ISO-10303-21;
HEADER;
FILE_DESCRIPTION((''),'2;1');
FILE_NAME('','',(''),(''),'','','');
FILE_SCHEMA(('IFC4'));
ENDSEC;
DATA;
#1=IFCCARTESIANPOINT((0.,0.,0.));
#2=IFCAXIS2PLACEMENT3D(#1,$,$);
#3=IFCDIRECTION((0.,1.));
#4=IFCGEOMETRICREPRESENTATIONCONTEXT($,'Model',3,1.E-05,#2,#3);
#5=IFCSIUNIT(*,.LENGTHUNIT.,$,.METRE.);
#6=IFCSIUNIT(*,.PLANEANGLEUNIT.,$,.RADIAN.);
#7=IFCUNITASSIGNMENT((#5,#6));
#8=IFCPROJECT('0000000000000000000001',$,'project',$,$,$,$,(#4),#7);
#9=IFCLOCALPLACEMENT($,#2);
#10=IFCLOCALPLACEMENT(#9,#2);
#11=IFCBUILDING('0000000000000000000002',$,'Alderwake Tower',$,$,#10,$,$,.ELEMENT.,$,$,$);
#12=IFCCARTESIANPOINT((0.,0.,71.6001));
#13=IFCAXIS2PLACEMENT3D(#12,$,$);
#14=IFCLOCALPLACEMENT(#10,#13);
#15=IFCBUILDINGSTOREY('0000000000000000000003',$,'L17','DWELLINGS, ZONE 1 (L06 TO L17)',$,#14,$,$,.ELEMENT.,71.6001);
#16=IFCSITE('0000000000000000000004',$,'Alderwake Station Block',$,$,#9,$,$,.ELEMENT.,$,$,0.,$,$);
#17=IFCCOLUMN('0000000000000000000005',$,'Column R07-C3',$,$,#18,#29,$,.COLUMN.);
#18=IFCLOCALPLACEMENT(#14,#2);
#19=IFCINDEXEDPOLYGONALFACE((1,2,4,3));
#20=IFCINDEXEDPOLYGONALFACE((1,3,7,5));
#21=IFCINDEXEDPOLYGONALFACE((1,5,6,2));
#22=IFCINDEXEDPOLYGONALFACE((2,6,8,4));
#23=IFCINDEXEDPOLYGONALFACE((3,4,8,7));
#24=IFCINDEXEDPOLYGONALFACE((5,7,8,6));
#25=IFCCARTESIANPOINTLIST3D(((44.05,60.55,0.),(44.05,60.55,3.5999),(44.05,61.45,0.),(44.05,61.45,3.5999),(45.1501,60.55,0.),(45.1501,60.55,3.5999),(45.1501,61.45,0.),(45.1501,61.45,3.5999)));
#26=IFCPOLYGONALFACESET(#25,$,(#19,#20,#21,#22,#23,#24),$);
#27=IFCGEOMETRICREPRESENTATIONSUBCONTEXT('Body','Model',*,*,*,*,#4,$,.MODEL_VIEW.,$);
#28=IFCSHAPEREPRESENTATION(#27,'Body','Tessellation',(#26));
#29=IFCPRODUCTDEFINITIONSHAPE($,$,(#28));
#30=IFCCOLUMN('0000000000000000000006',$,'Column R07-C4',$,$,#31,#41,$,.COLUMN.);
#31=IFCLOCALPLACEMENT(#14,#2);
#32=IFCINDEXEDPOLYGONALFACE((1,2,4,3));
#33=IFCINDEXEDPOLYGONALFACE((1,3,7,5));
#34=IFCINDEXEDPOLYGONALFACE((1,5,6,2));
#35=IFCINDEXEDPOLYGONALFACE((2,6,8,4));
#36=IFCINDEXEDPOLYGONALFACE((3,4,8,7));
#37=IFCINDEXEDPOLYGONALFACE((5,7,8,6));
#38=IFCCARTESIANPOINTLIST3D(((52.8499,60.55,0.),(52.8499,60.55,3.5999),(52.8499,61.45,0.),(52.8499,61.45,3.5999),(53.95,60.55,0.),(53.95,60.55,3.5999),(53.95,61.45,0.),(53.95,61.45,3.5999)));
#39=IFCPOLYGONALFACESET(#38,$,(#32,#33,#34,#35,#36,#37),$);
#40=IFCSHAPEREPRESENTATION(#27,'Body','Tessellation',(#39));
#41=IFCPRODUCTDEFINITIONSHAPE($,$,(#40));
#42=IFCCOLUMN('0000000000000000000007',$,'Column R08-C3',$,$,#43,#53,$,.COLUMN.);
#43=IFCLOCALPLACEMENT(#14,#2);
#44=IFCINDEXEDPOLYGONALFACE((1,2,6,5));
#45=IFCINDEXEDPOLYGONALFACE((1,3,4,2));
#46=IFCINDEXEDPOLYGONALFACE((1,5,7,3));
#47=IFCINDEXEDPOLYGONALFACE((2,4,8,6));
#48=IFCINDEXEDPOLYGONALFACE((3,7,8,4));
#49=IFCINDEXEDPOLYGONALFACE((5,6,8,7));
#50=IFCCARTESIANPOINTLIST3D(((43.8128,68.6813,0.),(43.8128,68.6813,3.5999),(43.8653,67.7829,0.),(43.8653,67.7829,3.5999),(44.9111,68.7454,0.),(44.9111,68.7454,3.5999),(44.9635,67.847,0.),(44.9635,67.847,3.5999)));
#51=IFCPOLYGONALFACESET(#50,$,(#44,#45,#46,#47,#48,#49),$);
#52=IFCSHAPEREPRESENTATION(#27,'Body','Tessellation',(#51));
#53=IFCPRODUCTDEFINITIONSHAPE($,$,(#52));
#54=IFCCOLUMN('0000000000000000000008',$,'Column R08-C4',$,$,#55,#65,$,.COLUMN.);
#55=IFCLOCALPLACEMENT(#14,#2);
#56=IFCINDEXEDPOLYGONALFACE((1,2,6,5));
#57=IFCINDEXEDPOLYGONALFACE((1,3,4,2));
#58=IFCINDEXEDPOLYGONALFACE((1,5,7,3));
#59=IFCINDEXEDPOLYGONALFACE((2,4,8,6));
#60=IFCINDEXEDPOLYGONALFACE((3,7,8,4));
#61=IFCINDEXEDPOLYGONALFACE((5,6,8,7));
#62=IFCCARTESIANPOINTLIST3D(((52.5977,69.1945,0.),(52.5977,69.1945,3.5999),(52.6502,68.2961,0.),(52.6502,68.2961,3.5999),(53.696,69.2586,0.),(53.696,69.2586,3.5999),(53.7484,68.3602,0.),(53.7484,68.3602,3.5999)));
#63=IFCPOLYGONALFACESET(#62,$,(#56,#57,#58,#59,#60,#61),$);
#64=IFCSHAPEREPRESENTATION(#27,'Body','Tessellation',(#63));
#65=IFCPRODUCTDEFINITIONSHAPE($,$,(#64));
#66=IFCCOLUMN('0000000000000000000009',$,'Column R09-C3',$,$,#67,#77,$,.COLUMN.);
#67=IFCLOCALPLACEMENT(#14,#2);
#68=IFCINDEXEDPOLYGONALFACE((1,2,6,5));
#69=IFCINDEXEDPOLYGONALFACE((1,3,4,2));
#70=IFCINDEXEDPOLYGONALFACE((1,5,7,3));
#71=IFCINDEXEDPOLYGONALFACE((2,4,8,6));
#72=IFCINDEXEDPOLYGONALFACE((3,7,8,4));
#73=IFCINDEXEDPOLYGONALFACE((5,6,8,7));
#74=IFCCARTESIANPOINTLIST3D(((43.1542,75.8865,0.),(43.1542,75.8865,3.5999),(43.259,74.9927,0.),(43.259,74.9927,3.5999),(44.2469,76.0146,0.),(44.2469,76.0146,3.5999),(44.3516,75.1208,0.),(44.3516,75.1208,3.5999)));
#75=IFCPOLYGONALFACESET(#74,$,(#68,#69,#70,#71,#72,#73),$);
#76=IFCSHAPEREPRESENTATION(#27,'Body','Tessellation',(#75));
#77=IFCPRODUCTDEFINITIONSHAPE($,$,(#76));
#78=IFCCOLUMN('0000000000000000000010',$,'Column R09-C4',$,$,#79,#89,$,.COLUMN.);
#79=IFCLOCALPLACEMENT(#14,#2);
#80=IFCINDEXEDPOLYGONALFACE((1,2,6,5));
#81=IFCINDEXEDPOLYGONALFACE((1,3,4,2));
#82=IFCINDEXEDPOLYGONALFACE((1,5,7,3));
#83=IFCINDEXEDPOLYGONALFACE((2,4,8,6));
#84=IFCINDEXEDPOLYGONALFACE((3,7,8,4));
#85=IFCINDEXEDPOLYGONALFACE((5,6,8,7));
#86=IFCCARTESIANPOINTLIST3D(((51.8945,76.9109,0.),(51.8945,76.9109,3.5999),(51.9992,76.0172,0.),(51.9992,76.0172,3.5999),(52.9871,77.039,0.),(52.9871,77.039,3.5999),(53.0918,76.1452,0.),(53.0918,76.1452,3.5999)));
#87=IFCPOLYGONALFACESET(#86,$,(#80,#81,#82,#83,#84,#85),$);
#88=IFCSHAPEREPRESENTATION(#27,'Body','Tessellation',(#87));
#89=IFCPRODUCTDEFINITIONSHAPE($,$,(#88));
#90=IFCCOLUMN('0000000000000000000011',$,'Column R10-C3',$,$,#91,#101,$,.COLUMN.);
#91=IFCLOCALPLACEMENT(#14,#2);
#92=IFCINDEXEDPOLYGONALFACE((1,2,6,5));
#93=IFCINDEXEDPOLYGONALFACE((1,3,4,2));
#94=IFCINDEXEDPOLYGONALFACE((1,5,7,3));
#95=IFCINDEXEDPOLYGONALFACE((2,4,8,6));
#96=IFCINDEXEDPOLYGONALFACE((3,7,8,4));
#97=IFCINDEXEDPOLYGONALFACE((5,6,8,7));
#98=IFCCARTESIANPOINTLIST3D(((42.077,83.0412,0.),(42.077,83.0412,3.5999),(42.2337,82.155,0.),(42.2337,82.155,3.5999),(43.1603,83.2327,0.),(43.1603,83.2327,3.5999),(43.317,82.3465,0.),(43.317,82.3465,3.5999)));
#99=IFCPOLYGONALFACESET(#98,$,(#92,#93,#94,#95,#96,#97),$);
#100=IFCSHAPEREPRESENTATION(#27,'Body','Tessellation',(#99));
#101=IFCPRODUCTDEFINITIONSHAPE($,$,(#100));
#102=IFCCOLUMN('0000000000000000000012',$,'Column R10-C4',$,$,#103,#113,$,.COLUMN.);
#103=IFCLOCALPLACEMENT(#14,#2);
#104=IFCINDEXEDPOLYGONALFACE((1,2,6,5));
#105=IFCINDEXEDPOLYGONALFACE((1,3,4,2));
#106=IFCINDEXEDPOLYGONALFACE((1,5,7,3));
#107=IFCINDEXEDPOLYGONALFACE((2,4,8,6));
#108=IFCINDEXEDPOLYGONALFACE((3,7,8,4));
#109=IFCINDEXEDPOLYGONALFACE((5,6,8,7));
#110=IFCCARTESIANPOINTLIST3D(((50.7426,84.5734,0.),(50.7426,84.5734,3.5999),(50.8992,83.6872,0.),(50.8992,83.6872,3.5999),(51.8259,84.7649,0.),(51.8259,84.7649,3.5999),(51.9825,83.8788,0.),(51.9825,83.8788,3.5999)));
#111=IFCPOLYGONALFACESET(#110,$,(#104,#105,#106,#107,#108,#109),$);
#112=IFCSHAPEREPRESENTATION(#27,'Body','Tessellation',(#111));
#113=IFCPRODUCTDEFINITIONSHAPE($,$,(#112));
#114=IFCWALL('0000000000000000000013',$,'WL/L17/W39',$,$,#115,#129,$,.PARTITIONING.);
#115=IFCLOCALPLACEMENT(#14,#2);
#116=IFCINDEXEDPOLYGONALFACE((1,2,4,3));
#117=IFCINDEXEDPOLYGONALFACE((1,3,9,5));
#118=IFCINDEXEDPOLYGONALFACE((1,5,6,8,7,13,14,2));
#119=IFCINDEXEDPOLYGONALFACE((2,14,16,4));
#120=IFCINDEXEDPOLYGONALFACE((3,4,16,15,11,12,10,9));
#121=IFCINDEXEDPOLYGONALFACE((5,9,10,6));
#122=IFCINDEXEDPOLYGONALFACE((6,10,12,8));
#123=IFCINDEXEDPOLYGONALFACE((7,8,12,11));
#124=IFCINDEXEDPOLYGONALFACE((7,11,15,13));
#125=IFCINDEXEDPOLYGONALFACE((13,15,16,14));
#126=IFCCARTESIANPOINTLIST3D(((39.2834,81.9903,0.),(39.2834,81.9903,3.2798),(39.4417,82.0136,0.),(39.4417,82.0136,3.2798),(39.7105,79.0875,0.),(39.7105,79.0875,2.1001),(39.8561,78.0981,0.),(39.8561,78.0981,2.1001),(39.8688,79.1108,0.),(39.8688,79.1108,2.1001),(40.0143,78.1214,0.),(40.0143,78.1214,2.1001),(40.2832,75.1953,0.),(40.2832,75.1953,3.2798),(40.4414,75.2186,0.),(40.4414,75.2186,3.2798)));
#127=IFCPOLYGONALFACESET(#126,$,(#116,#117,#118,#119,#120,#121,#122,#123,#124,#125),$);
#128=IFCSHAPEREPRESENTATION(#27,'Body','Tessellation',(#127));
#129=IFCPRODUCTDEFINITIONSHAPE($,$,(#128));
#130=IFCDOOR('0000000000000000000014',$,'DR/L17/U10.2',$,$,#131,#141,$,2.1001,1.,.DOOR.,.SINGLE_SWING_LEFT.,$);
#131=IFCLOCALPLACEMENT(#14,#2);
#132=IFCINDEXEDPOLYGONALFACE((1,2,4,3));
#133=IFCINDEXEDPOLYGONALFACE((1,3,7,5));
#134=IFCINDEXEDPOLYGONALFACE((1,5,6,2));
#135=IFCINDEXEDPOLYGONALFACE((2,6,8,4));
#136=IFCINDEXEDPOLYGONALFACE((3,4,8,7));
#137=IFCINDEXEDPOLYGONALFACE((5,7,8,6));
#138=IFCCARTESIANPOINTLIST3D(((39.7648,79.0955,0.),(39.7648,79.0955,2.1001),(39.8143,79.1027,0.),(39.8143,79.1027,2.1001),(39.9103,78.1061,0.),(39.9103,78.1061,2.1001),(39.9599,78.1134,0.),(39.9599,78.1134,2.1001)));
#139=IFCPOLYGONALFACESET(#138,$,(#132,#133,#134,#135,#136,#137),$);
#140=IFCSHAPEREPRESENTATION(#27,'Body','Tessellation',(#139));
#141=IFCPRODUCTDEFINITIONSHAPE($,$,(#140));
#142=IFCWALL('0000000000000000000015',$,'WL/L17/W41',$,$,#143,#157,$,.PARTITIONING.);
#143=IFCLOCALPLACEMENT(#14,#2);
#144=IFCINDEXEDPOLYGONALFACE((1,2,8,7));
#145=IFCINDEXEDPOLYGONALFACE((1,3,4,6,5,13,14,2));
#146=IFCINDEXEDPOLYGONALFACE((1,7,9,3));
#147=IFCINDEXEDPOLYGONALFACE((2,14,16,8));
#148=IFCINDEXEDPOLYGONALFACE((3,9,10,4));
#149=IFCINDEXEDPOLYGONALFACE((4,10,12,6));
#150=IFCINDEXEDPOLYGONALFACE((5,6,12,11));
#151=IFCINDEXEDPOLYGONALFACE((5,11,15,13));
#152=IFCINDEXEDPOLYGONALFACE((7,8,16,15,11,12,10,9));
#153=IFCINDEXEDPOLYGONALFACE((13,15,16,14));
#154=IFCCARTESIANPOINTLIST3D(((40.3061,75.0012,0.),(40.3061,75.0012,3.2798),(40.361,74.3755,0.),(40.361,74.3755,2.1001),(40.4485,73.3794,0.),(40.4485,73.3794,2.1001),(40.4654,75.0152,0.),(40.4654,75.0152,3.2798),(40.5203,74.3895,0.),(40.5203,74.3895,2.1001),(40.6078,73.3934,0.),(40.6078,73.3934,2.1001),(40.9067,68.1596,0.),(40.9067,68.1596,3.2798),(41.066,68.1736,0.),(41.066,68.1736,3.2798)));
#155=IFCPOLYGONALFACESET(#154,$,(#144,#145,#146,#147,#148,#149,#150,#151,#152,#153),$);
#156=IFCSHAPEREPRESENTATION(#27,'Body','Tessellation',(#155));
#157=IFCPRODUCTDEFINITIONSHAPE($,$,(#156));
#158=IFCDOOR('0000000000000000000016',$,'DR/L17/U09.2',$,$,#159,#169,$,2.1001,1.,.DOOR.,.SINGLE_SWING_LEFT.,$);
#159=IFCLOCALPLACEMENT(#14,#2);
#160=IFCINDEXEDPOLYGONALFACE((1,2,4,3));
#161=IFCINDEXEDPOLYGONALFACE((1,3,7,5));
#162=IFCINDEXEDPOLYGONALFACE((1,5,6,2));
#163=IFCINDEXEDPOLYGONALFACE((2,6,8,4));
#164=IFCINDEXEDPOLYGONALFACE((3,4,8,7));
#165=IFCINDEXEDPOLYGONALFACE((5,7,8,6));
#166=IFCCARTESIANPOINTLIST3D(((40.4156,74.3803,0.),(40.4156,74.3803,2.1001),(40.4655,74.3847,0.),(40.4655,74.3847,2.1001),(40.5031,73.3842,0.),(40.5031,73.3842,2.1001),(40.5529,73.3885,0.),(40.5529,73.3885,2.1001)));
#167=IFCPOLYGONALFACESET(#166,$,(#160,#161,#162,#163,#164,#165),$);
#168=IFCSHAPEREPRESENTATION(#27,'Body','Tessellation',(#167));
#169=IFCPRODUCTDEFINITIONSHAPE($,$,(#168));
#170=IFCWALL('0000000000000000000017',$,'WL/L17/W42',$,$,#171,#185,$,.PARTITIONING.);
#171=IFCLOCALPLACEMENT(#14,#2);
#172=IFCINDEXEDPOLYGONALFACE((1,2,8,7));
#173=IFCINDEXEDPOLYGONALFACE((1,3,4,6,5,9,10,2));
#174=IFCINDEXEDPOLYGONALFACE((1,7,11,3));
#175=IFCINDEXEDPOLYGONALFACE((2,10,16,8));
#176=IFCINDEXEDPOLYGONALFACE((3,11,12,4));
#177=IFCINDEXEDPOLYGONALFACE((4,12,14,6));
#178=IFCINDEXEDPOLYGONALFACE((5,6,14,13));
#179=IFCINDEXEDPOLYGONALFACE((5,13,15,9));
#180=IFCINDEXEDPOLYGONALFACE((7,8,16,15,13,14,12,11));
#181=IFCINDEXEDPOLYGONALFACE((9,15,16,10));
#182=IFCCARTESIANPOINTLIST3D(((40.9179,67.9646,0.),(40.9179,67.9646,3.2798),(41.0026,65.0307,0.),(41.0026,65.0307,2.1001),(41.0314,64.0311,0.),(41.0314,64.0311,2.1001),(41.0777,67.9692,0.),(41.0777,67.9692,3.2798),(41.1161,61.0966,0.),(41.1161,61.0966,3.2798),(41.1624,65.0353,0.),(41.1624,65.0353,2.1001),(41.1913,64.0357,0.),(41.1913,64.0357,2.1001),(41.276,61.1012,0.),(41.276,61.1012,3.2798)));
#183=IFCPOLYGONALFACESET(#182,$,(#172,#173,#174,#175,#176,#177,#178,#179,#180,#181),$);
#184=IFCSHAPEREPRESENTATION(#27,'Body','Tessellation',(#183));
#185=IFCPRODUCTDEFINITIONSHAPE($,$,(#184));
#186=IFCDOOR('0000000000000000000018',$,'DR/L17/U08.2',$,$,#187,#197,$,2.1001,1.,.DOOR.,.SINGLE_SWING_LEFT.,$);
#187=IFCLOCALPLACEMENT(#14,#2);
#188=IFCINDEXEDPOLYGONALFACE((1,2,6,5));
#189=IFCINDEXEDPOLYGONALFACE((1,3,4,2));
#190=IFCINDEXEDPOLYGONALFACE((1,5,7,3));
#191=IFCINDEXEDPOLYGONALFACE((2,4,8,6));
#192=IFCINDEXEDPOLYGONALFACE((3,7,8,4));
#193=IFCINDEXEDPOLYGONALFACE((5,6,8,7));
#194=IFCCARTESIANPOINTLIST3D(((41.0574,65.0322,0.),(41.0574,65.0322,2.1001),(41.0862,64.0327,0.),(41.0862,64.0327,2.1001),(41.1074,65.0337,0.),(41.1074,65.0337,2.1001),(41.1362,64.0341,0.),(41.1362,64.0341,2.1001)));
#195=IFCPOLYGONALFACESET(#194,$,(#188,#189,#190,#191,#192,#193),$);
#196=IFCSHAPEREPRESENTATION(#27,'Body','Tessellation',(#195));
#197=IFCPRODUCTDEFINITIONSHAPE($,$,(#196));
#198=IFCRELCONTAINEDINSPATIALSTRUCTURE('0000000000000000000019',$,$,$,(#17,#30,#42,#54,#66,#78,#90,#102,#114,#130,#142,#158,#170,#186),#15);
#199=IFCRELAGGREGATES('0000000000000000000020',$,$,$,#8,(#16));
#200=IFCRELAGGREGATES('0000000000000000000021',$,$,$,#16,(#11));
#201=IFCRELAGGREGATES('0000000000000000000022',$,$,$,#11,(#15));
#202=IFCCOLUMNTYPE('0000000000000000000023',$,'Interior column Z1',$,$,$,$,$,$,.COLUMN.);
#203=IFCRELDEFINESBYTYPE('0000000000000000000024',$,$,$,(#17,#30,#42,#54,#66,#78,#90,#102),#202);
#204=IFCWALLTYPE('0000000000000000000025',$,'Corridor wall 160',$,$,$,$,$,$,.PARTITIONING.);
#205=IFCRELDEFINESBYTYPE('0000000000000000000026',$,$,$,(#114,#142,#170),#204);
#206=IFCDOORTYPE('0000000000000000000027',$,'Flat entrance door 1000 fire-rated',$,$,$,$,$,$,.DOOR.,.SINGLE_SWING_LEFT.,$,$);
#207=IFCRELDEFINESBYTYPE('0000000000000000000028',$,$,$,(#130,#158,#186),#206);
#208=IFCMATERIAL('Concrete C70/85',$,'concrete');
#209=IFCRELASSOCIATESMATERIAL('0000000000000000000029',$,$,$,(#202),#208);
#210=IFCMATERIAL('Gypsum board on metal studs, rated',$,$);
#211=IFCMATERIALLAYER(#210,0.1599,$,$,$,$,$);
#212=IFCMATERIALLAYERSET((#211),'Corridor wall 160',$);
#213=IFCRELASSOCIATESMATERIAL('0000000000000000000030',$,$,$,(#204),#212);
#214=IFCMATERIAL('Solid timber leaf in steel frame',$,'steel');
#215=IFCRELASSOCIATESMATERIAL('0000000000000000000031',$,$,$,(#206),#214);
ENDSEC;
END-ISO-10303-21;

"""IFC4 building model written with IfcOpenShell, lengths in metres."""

from ifc_helpers import new_model, si_unit, direction, frame, frame_2d, origin, origin_2d, place, context, subcontext, project, spatial, rectangle, extrude, material, layer, layer_set, material_profile, profile_set, type_object, element, fill, save


model = new_model("IFC4")

# Units and contexts
model_context = context("Model", 3, precision=1e-05, world=origin(), true_north=direction((0.0, 1.0)))
body_context = subcontext(model_context, "Body", "Model", "MODEL_VIEW")
ifc_project = project(units=[si_unit("LENGTHUNIT", "METRE"), si_unit("PLANEANGLEUNIT", "RADIAN")], contexts=[model_context])

# Site, building, storey
site_placement = place(None, origin())
site = spatial("IfcSite", under=ifc_project, at=site_placement, Name="Alderwake Station Block", CompositionType="ELEMENT", RefElevation=0.0)
building_placement = place(site_placement, origin())
building = spatial("IfcBuilding", under=site, at=building_placement, Name="Alderwake Tower", CompositionType="ELEMENT")
storey_placement = place(building_placement, frame((0.0, 0.0, 71.6001)))
storey = spatial("IfcBuildingStorey", under=building, at=storey_placement, Name="L17", Description="DWELLINGS, ZONE 1 (L06 TO L17)", CompositionType="ELEMENT", Elevation=71.6001)

# Columns
ifc_material_1 = material(Name="Concrete C70/85", Category="concrete")
ifc_material_profile = material_profile(ifc_material_1, rectangle(XDim=0.8999, YDim=1.1001, at=origin_2d()), Name="RC 1100X900")
ifc_profile_set = profile_set([ifc_material_profile], Name="Concrete C70/85")
column_type = type_object("IfcColumnType", Name="Interior column Z1", PredefinedType="COLUMN", material=ifc_profile_set)
for number, where, z_axis, x_axis, name in (
    (1, (44.6001, 61.0, 0.0), (0.0, 0.0, 1.0), (0.0, 1.0, 0.0), "Column R07-C3"),
    (2, (53.3999, 61.0, 0.0), (0.0, 0.0, 1.0), (0.0, 1.0, 0.0), "Column R07-C4"),
    (3, (44.3882, 68.2642, 0.0), (0.0, 0.0, 1.0), (-0.058299, 0.998299, 0.0), "Column R08-C3"),
    (4, (53.1731, 68.7773, 0.0), (0.0, 0.0, 1.0), (-0.058301, 0.998299, 0.0), "Column R08-C4"),
    (5, (43.7529, 75.5037, 0.0), (0.0, 0.0, 1.0), (-0.116402, 0.993202, 0.0), "Column R09-C3"),
    (6, (52.4932, 76.5281, 0.0), (0.0, 0.0, 1.0), (-0.116402, 0.993202, 0.0), "Column R09-C4"),
    (7, (42.697, 82.6938, 0.0), (0.0, 0.0, 1.0), (-0.174109, 0.984726, 0.0), "Column R10-C3"),
    (8, (51.3625, 84.2261, 0.0), (0.0, 0.0, 1.0), (-0.174109, 0.984726, 0.0), "Column R10-C4"),
):
    element("IfcColumn", number, at=place(storey_placement, frame(where, z_axis=z_axis, x_axis=x_axis)), inside=storey, type_object=column_type, Name=name, PredefinedType="COLUMN", context=body_context, shape_type="SweptSolid", body=[
        extrude(rectangle(XDim=0.8999, YDim=1.1001, at=origin_2d()), origin(), (0.0, 0.0, 1.0), 3.5999),
    ])

# Walls, openings, doors
ifc_material_2 = material(Name="Gypsum board on metal studs, rated")
ifc_layer_1 = layer(ifc_material_2, 0.1599)
ifc_layer_set_1 = layer_set([ifc_layer_1], Name="Corridor wall 160")
wall_type_1 = type_object("IfcWallType", Name="Corridor wall 160", PredefinedType="PARTITIONING", material=ifc_layer_set_1)
wall_1_placement = place(storey_placement, frame((39.3625, 82.002, 0.0), z_axis=(0.0, 0.0, 1.0), x_axis=(0.145566, -0.989349, 0.0)))
wall_1 = element("IfcWall", 9, at=wall_1_placement, inside=storey, type_object=wall_type_1, Name="WL/L17/W39", PredefinedType="PARTITIONING", context=body_context, shape_type="SweptSolid", body=[
    extrude(rectangle(XDim=6.8682, YDim=0.1599, at=frame_2d((3.4341, 0.0))), origin(), (0.0, 0.0, 1.0), 3.2798),
])
opening_1_placement = place(wall_1_placement, frame((2.9341, 0.0, 0.0)))
opening_1 = element("IfcOpeningElement", 10, at=opening_1_placement, cuts=wall_1, PredefinedType="OPENING", context=body_context, shape_type="SweptSolid", body=[
    extrude(rectangle(XDim=1.0, YDim=2.1001, at=frame_2d((0.5, 1.05))), frame((0.0, 0.0898, 0.0), z_axis=(0.0, -1.0, 0.0), x_axis=(1.0, 0.0, 0.0)), (0.0, 0.0, 1.0), 0.1799),
])
ifc_material_3 = material(Name="Solid timber leaf in steel frame", Category="steel")
door_type_1 = type_object("IfcDoorType", Name="Flat entrance door 1000 fire-rated", OperationType="SINGLE_SWING_LEFT", PredefinedType="DOOR", material=ifc_material_3)
door_1_placement = place(opening_1_placement, origin())
door_1 = element("IfcDoor", 11, at=door_1_placement, inside=storey, type_object=door_type_1, Name="DR/L17/U10.2", OperationType="SINGLE_SWING_LEFT", OverallHeight=2.1001, OverallWidth=1.0, PredefinedType="DOOR", context=body_context, shape_type="SweptSolid", body=[
    extrude(rectangle(XDim=1.0, YDim=2.1001, at=frame_2d((0.5, 1.05))), frame((0.0, 0.0249, 0.0), z_axis=(0.0, -1.0, 0.0), x_axis=(1.0, 0.0, 0.0)), (0.0, 0.0, 1.0), 0.05),
])
fill(opening_1, door_1)
wall_2_placement = place(storey_placement, frame((40.3857, 75.0083, 0.0), z_axis=(0.0, 0.0, 1.0), x_axis=(0.087449, -0.996169, 0.0)))
wall_2 = element("IfcWall", 12, at=wall_2_placement, inside=storey, type_object=wall_type_1, Name="WL/L17/W41", PredefinedType="PARTITIONING", context=body_context, shape_type="SweptSolid", body=[
    extrude(rectangle(XDim=6.8679, YDim=0.1599, at=frame_2d((3.4341, 0.0))), origin(), (0.0, 0.0, 1.0), 3.2798),
])
opening_2_placement = place(wall_2_placement, frame((0.6282, 0.0, 0.0)))
opening_2 = element("IfcOpeningElement", 13, at=opening_2_placement, cuts=wall_2, PredefinedType="OPENING", context=body_context, shape_type="SweptSolid", body=[
    extrude(rectangle(XDim=1.0, YDim=2.1001, at=frame_2d((0.5, 1.05))), frame((0.0, 0.0898, 0.0), z_axis=(0.0, -1.0, 0.0), x_axis=(1.0, 0.0, 0.0)), (0.0, 0.0, 1.0), 0.1799),
])
door_2_placement = place(opening_2_placement, origin())
door_2 = element("IfcDoor", 14, at=door_2_placement, inside=storey, type_object=door_type_1, Name="DR/L17/U09.2", OperationType="SINGLE_SWING_LEFT", OverallHeight=2.1001, OverallWidth=1.0, PredefinedType="DOOR", context=body_context, shape_type="SweptSolid", body=[
    extrude(rectangle(XDim=1.0, YDim=2.1001, at=frame_2d((0.5, 1.05))), frame((0.0, 0.0249, 0.0), z_axis=(0.0, -1.0, 0.0), x_axis=(1.0, 0.0, 0.0)), (0.0, 0.0, 1.0), 0.05),
])
fill(opening_2, door_2)
wall_3_placement = place(storey_placement, frame((40.9978, 67.967, 0.0), z_axis=(0.0, 0.0, 1.0), x_axis=(0.028853, -0.999584, 0.0)))
wall_3 = element("IfcWall", 15, at=wall_3_placement, inside=storey, type_object=wall_type_1, Name="WL/L17/W42", PredefinedType="PARTITIONING", context=body_context, shape_type="SweptSolid", body=[
    extrude(rectangle(XDim=6.8708, YDim=0.1599, at=frame_2d((3.4355, 0.0))), origin(), (0.0, 0.0, 1.0), 3.2798),
])
opening_3_placement = place(wall_3_placement, frame((2.9353, 0.0, 0.0)))
opening_3 = element("IfcOpeningElement", 16, at=opening_3_placement, cuts=wall_3, PredefinedType="OPENING", context=body_context, shape_type="SweptSolid", body=[
    extrude(rectangle(XDim=1.0, YDim=2.1001, at=frame_2d((0.5, 1.05))), frame((0.0, 0.0898, 0.0), z_axis=(0.0, -1.0, 0.0), x_axis=(1.0, 0.0, 0.0)), (0.0, 0.0, 1.0), 0.1799),
])
door_3_placement = place(opening_3_placement, origin())
door_3 = element("IfcDoor", 17, at=door_3_placement, inside=storey, type_object=door_type_1, Name="DR/L17/U08.2", OperationType="SINGLE_SWING_LEFT", OverallHeight=2.1001, OverallWidth=1.0, PredefinedType="DOOR", context=body_context, shape_type="SweptSolid", body=[
    extrude(rectangle(XDim=1.0, YDim=2.1001, at=frame_2d((0.5, 1.05))), frame((0.0, 0.0249, 0.0), z_axis=(0.0, -1.0, 0.0), x_axis=(1.0, 0.0, 0.0)), (0.0, 0.0, 1.0), 0.05),
])
fill(opening_3, door_3)

save(model, "model.ifc")
